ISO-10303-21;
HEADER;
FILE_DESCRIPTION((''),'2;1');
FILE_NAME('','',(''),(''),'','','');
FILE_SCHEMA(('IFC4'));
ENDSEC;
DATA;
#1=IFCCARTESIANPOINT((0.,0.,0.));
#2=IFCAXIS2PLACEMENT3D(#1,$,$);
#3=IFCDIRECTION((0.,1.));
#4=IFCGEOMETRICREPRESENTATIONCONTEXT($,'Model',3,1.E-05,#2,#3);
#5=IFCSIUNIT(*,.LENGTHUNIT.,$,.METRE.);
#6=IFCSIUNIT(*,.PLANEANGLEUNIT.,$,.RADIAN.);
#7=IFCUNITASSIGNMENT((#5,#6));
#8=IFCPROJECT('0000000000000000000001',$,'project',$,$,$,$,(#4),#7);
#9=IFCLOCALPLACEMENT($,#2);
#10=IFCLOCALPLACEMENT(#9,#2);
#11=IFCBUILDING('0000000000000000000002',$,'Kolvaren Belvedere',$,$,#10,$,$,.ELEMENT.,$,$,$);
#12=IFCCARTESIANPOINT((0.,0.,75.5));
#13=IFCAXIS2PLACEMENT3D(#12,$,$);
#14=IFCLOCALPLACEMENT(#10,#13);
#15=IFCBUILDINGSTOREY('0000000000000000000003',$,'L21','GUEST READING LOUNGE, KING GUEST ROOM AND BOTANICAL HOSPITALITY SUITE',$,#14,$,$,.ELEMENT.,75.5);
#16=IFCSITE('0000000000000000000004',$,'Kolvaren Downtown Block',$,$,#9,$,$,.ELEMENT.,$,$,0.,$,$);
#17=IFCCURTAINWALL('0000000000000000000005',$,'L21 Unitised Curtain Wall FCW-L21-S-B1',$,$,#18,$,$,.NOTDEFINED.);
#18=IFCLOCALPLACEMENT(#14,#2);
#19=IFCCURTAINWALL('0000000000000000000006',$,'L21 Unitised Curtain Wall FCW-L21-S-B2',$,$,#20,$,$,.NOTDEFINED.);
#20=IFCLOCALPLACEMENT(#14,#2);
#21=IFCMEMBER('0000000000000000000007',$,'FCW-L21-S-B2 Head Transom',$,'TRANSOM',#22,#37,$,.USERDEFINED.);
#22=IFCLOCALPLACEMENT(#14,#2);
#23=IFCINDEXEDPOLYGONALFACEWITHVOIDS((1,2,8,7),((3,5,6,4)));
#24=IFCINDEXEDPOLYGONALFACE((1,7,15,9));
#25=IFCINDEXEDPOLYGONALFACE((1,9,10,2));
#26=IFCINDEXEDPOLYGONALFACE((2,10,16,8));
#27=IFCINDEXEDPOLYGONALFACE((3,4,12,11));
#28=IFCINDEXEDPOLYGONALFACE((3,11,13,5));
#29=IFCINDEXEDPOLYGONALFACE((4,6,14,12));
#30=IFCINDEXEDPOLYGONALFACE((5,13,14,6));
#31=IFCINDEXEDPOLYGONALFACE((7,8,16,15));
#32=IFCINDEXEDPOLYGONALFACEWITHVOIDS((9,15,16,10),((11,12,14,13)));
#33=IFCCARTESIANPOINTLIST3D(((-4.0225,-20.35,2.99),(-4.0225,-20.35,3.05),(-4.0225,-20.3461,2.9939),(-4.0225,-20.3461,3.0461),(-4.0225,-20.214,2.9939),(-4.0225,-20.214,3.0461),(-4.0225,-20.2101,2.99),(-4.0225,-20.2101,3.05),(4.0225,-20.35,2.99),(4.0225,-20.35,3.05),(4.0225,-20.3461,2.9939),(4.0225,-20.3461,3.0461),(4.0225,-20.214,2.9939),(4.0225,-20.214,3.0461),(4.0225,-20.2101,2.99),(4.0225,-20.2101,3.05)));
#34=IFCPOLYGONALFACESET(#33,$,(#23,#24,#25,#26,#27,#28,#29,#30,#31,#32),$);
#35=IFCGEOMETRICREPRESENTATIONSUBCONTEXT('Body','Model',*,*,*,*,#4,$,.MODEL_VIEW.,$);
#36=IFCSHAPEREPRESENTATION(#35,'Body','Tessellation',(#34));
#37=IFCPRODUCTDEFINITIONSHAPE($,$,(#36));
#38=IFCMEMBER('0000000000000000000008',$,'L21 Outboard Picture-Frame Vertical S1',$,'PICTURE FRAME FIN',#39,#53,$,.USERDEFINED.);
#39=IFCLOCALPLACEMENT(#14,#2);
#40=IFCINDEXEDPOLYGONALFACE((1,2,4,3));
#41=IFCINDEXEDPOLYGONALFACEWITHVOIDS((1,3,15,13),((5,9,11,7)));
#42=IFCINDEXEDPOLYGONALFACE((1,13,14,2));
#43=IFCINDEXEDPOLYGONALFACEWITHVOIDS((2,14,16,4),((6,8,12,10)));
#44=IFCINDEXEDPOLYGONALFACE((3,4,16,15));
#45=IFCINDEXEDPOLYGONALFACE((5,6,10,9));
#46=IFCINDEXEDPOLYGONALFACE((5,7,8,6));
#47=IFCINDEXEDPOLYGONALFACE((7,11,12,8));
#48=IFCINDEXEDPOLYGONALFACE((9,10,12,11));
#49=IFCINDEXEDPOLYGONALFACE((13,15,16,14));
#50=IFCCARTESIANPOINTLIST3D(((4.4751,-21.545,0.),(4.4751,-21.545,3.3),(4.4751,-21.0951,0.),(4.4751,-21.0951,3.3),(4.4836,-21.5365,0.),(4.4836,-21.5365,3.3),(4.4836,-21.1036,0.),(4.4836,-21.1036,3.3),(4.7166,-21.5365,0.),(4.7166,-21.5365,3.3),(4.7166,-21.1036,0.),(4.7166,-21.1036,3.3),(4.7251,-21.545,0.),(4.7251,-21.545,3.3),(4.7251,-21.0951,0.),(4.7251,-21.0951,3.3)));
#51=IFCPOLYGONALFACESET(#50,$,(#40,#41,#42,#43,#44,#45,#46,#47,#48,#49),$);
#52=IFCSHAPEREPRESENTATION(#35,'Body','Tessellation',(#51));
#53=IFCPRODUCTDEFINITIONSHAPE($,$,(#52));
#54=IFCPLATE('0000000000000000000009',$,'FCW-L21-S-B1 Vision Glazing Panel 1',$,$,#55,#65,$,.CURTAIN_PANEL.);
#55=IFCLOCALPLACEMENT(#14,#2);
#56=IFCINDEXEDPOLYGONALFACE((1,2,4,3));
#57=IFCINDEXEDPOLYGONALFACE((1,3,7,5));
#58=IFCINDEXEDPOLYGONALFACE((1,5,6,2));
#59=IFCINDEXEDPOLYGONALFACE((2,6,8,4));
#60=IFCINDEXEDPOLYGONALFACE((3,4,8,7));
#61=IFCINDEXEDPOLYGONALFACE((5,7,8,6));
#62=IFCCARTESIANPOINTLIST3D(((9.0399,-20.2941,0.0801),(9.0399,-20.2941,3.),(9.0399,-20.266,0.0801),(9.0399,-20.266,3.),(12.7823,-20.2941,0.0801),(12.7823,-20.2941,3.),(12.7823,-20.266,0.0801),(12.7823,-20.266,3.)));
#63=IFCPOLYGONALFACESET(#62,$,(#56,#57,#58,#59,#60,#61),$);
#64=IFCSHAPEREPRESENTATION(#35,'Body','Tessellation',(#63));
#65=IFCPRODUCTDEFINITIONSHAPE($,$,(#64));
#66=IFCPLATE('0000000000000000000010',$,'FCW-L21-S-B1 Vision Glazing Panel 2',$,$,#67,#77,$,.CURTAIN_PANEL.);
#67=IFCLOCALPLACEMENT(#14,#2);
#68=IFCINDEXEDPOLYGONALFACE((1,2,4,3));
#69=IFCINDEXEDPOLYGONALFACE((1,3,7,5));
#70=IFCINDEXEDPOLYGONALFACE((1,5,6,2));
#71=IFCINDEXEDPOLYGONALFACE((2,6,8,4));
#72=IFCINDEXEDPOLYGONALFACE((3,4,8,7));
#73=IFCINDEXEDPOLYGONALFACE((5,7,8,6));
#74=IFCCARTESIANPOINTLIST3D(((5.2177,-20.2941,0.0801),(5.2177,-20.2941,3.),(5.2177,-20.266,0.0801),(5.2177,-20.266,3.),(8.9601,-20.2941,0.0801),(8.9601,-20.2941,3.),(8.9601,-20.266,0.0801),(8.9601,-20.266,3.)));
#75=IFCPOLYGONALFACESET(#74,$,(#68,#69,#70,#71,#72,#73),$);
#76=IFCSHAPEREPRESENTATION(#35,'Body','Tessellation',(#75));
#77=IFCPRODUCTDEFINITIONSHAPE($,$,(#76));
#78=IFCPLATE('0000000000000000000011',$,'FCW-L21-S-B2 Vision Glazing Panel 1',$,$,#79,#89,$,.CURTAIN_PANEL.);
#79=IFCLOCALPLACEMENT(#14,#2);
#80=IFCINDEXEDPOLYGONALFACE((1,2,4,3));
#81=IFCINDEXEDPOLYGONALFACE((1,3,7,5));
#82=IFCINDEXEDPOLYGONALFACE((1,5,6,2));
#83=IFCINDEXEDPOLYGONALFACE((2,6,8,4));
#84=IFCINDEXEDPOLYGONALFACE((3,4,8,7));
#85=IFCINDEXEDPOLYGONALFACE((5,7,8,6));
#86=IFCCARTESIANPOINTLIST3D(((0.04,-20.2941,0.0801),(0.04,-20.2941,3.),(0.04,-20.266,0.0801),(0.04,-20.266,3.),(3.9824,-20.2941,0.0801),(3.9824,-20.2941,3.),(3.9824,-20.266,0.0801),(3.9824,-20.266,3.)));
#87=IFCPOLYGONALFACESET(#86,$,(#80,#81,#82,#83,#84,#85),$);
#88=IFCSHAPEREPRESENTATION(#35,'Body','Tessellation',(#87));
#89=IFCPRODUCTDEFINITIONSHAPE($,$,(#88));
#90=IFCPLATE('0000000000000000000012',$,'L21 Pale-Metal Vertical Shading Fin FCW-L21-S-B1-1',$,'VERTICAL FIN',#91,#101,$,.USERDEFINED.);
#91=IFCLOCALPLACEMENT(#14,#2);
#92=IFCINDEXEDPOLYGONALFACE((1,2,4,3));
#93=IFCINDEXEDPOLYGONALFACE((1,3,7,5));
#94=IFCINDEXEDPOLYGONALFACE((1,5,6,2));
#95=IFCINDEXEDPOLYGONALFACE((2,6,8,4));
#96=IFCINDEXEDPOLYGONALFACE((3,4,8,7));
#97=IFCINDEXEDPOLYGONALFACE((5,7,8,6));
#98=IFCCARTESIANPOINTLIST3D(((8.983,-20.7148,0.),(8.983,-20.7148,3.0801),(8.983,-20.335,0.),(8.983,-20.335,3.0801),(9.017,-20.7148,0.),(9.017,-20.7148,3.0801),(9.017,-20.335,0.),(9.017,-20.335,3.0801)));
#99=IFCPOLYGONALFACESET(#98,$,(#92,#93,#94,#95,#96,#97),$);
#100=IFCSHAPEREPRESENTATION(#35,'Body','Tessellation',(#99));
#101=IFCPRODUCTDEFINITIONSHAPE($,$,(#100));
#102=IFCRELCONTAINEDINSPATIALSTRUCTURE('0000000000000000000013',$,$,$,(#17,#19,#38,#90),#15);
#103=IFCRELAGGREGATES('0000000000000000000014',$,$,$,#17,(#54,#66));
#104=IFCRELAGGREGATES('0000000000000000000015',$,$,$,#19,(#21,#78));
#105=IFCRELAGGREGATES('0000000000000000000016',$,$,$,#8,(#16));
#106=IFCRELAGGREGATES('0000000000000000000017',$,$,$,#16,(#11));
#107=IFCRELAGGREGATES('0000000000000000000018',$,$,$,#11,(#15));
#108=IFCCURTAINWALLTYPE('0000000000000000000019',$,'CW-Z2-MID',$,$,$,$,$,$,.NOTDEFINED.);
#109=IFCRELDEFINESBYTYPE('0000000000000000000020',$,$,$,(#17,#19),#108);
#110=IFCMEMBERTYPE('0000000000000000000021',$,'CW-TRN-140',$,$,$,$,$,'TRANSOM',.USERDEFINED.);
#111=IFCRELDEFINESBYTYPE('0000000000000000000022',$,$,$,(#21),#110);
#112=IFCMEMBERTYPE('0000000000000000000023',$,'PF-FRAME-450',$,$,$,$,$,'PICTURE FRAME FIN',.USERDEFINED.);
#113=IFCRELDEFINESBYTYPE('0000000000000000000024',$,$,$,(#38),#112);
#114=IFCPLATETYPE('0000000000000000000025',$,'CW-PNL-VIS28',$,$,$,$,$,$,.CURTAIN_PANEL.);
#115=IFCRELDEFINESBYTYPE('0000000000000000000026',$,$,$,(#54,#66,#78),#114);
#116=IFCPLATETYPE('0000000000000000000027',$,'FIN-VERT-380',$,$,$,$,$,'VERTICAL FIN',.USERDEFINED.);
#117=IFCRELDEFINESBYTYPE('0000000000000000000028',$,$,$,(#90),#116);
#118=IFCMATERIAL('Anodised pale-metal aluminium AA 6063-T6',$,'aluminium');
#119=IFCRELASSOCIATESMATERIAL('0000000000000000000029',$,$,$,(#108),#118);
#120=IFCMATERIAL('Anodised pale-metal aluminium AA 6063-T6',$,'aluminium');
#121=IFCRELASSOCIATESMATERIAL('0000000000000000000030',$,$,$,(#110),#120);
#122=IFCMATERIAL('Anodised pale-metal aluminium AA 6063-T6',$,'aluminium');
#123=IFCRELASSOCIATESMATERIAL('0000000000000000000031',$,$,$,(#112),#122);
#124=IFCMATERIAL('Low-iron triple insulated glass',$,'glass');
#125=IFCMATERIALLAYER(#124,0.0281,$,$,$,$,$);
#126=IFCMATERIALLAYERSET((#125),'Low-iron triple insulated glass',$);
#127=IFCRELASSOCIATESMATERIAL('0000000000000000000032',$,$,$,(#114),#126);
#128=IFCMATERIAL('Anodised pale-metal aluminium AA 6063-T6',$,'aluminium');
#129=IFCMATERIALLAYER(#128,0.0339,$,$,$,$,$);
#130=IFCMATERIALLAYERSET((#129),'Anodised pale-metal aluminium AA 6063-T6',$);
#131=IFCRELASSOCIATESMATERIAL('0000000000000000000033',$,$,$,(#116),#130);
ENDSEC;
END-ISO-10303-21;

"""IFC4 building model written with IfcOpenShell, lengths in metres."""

from ifc_helpers import new_model, si_unit, direction, frame, origin, origin_2d, place, context, subcontext, project, spatial, rectangle, hollow_rectangle, extrude, material, layer, layer_set, material_profile, profile_set, type_object, element, aggregate, save


model = new_model("IFC4")

# Units and contexts
model_context = context("Model", 3, precision=1e-05, world=origin(), true_north=direction((0.0, 1.0)))
body_context = subcontext(model_context, "Body", "Model", "MODEL_VIEW")
ifc_project = project(units=[si_unit("LENGTHUNIT", "METRE"), si_unit("PLANEANGLEUNIT", "RADIAN")], contexts=[model_context])

# Site, building, storey
site_placement = place(None, origin())
site = spatial("IfcSite", under=ifc_project, at=site_placement, Name="Kolvaren Downtown Block", CompositionType="ELEMENT", RefElevation=0.0)
building_placement = place(site_placement, origin())
building = spatial("IfcBuilding", under=site, at=building_placement, Name="Kolvaren Belvedere", CompositionType="ELEMENT")
storey_placement = place(building_placement, frame((0.0, 0.0, 75.5)))
storey = spatial("IfcBuildingStorey", under=building, at=storey_placement, Name="L21", Description="GUEST READING LOUNGE, KING GUEST ROOM AND BOTANICAL HOSPITALITY SUITE", CompositionType="ELEMENT", Elevation=75.5)

# Curtain walls, member
ifc_material_1 = material(Name="Anodised pale-metal aluminium AA 6063-T6", Category="aluminium")
curtain_wall_type = type_object("IfcCurtainWallType", Name="CW-Z2-MID", PredefinedType="NOTDEFINED", material=ifc_material_1)
curtain_wall_1_placement = place(storey_placement, origin())
curtain_wall_1 = element("IfcCurtainWall", 1, at=curtain_wall_1_placement, inside=storey, type_object=curtain_wall_type, Name="L21 Unitised Curtain Wall FCW-L21-S-B1", PredefinedType="NOTDEFINED")
curtain_wall_2_placement = place(storey_placement, origin())
curtain_wall_2 = element("IfcCurtainWall", 2, at=curtain_wall_2_placement, inside=storey, type_object=curtain_wall_type, Name="L21 Unitised Curtain Wall FCW-L21-S-B2", PredefinedType="NOTDEFINED")
ifc_material_2 = material(Name="Anodised pale-metal aluminium AA 6063-T6", Category="aluminium")
ifc_material_profile_1 = material_profile(ifc_material_2, hollow_rectangle(XDim=0.0601, YDim=0.1399, WallThickness=0.0039, at=origin_2d()), Name="ALU-TRN-140X60")
ifc_profile_set_1 = profile_set([ifc_material_profile_1], Name="Anodised pale-metal aluminium AA 6063-T6")
member_type_1 = type_object("IfcMemberType", Name="CW-TRN-140", ElementType="TRANSOM", PredefinedType="USERDEFINED", material=ifc_profile_set_1)
member_1_placement = place(storey_placement, frame((4.0225, -20.28, 3.02), z_axis=(-1.0, 0.0, 0.0), x_axis=(0.0, 0.0, 1.0)))
member_1 = element("IfcMember", 3, at=member_1_placement, type_object=member_type_1, Name="FCW-L21-S-B2 Head Transom", ObjectType="TRANSOM", PredefinedType="USERDEFINED", context=body_context, shape_type="SweptSolid", body=[
    extrude(hollow_rectangle(XDim=0.0601, YDim=0.1399, WallThickness=0.0039, at=origin_2d()), origin(), (0.0, 0.0, 1.0), 8.0449),
])

# Member
ifc_material_3 = material(Name="Anodised pale-metal aluminium AA 6063-T6", Category="aluminium")
ifc_material_profile_2 = material_profile(ifc_material_3, hollow_rectangle(XDim=0.25, YDim=0.45, WallThickness=0.0085, at=origin_2d()), Name="ALU-PF-450X250")
ifc_profile_set_2 = profile_set([ifc_material_profile_2], Name="Anodised pale-metal aluminium AA 6063-T6")
member_type_2 = type_object("IfcMemberType", Name="PF-FRAME-450", ElementType="PICTURE FRAME FIN", PredefinedType="USERDEFINED", material=ifc_profile_set_2)
member_2_placement = place(storey_placement, frame((4.6001, -21.3201, 0.0), z_axis=(0.0, 0.0, 1.0), x_axis=(1.0, 0.0, 0.0)))
element("IfcMember", 4, at=member_2_placement, inside=storey, type_object=member_type_2, Name="L21 Outboard Picture-Frame Vertical S1", ObjectType="PICTURE FRAME FIN", PredefinedType="USERDEFINED", context=body_context, shape_type="SweptSolid", body=[
    extrude(hollow_rectangle(XDim=0.25, YDim=0.45, WallThickness=0.0085, at=origin_2d()), origin(), (0.0, 0.0, 1.0), 3.3),
])

# Plates
ifc_material_4 = material(Name="Low-iron triple insulated glass", Category="glass")
ifc_layer_1 = layer(ifc_material_4, 0.0281)
ifc_layer_set_1 = layer_set([ifc_layer_1], Name="Low-iron triple insulated glass")
plate_type_1 = type_object("IfcPlateType", Name="CW-PNL-VIS28", PredefinedType="CURTAIN_PANEL", material=ifc_layer_set_1)
plate_1_placement = place(storey_placement, frame((10.9111, -20.28, 0.0801), z_axis=(0.0, 0.0, 1.0), x_axis=(-1.0, 0.0, 0.0)))
plate_1 = element("IfcPlate", 5, at=plate_1_placement, type_object=plate_type_1, Name="FCW-L21-S-B1 Vision Glazing Panel 1", PredefinedType="CURTAIN_PANEL", context=body_context, shape_type="SweptSolid", body=[
    extrude(rectangle(XDim=3.7424, YDim=0.0281, at=origin_2d()), origin(), (0.0, 0.0, 1.0), 2.9199),
])
plate_2_placement = place(storey_placement, frame((7.0889, -20.28, 0.0801), z_axis=(0.0, 0.0, 1.0), x_axis=(-1.0, 0.0, 0.0)))
plate_2 = element("IfcPlate", 6, at=plate_2_placement, type_object=plate_type_1, Name="FCW-L21-S-B1 Vision Glazing Panel 2", PredefinedType="CURTAIN_PANEL", context=body_context, shape_type="SweptSolid", body=[
    extrude(rectangle(XDim=3.7424, YDim=0.0281, at=origin_2d()), origin(), (0.0, 0.0, 1.0), 2.9199),
])
aggregate(curtain_wall_1, [plate_1, plate_2])
plate_3_placement = place(storey_placement, frame((2.0112, -20.28, 0.0801), z_axis=(0.0, 0.0, 1.0), x_axis=(-1.0, 0.0, 0.0)))
plate_3 = element("IfcPlate", 7, at=plate_3_placement, type_object=plate_type_1, Name="FCW-L21-S-B2 Vision Glazing Panel 1", PredefinedType="CURTAIN_PANEL", context=body_context, shape_type="SweptSolid", body=[
    extrude(rectangle(XDim=3.9424, YDim=0.0281, at=origin_2d()), origin(), (0.0, 0.0, 1.0), 2.9199),
])
aggregate(curtain_wall_2, [member_1, plate_3])
ifc_material_5 = material(Name="Anodised pale-metal aluminium AA 6063-T6", Category="aluminium")
ifc_layer_2 = layer(ifc_material_5, 0.0339)
ifc_layer_set_2 = layer_set([ifc_layer_2], Name="Anodised pale-metal aluminium AA 6063-T6")
plate_type_2 = type_object("IfcPlateType", Name="FIN-VERT-380", ElementType="VERTICAL FIN", PredefinedType="USERDEFINED", material=ifc_layer_set_2)
plate_4_placement = place(storey_placement, frame((9.0, -20.5249, 0.0), z_axis=(0.0, 0.0, 1.0), x_axis=(0.0, 1.0, 0.0)))
element("IfcPlate", 8, at=plate_4_placement, inside=storey, type_object=plate_type_2, Name="L21 Pale-Metal Vertical Shading Fin FCW-L21-S-B1-1", ObjectType="VERTICAL FIN", PredefinedType="USERDEFINED", context=body_context, shape_type="SweptSolid", body=[
    extrude(rectangle(XDim=0.3799, YDim=0.0339, at=origin_2d()), origin(), (0.0, 0.0, 1.0), 3.0801),
])

save(model, "model.ifc")
